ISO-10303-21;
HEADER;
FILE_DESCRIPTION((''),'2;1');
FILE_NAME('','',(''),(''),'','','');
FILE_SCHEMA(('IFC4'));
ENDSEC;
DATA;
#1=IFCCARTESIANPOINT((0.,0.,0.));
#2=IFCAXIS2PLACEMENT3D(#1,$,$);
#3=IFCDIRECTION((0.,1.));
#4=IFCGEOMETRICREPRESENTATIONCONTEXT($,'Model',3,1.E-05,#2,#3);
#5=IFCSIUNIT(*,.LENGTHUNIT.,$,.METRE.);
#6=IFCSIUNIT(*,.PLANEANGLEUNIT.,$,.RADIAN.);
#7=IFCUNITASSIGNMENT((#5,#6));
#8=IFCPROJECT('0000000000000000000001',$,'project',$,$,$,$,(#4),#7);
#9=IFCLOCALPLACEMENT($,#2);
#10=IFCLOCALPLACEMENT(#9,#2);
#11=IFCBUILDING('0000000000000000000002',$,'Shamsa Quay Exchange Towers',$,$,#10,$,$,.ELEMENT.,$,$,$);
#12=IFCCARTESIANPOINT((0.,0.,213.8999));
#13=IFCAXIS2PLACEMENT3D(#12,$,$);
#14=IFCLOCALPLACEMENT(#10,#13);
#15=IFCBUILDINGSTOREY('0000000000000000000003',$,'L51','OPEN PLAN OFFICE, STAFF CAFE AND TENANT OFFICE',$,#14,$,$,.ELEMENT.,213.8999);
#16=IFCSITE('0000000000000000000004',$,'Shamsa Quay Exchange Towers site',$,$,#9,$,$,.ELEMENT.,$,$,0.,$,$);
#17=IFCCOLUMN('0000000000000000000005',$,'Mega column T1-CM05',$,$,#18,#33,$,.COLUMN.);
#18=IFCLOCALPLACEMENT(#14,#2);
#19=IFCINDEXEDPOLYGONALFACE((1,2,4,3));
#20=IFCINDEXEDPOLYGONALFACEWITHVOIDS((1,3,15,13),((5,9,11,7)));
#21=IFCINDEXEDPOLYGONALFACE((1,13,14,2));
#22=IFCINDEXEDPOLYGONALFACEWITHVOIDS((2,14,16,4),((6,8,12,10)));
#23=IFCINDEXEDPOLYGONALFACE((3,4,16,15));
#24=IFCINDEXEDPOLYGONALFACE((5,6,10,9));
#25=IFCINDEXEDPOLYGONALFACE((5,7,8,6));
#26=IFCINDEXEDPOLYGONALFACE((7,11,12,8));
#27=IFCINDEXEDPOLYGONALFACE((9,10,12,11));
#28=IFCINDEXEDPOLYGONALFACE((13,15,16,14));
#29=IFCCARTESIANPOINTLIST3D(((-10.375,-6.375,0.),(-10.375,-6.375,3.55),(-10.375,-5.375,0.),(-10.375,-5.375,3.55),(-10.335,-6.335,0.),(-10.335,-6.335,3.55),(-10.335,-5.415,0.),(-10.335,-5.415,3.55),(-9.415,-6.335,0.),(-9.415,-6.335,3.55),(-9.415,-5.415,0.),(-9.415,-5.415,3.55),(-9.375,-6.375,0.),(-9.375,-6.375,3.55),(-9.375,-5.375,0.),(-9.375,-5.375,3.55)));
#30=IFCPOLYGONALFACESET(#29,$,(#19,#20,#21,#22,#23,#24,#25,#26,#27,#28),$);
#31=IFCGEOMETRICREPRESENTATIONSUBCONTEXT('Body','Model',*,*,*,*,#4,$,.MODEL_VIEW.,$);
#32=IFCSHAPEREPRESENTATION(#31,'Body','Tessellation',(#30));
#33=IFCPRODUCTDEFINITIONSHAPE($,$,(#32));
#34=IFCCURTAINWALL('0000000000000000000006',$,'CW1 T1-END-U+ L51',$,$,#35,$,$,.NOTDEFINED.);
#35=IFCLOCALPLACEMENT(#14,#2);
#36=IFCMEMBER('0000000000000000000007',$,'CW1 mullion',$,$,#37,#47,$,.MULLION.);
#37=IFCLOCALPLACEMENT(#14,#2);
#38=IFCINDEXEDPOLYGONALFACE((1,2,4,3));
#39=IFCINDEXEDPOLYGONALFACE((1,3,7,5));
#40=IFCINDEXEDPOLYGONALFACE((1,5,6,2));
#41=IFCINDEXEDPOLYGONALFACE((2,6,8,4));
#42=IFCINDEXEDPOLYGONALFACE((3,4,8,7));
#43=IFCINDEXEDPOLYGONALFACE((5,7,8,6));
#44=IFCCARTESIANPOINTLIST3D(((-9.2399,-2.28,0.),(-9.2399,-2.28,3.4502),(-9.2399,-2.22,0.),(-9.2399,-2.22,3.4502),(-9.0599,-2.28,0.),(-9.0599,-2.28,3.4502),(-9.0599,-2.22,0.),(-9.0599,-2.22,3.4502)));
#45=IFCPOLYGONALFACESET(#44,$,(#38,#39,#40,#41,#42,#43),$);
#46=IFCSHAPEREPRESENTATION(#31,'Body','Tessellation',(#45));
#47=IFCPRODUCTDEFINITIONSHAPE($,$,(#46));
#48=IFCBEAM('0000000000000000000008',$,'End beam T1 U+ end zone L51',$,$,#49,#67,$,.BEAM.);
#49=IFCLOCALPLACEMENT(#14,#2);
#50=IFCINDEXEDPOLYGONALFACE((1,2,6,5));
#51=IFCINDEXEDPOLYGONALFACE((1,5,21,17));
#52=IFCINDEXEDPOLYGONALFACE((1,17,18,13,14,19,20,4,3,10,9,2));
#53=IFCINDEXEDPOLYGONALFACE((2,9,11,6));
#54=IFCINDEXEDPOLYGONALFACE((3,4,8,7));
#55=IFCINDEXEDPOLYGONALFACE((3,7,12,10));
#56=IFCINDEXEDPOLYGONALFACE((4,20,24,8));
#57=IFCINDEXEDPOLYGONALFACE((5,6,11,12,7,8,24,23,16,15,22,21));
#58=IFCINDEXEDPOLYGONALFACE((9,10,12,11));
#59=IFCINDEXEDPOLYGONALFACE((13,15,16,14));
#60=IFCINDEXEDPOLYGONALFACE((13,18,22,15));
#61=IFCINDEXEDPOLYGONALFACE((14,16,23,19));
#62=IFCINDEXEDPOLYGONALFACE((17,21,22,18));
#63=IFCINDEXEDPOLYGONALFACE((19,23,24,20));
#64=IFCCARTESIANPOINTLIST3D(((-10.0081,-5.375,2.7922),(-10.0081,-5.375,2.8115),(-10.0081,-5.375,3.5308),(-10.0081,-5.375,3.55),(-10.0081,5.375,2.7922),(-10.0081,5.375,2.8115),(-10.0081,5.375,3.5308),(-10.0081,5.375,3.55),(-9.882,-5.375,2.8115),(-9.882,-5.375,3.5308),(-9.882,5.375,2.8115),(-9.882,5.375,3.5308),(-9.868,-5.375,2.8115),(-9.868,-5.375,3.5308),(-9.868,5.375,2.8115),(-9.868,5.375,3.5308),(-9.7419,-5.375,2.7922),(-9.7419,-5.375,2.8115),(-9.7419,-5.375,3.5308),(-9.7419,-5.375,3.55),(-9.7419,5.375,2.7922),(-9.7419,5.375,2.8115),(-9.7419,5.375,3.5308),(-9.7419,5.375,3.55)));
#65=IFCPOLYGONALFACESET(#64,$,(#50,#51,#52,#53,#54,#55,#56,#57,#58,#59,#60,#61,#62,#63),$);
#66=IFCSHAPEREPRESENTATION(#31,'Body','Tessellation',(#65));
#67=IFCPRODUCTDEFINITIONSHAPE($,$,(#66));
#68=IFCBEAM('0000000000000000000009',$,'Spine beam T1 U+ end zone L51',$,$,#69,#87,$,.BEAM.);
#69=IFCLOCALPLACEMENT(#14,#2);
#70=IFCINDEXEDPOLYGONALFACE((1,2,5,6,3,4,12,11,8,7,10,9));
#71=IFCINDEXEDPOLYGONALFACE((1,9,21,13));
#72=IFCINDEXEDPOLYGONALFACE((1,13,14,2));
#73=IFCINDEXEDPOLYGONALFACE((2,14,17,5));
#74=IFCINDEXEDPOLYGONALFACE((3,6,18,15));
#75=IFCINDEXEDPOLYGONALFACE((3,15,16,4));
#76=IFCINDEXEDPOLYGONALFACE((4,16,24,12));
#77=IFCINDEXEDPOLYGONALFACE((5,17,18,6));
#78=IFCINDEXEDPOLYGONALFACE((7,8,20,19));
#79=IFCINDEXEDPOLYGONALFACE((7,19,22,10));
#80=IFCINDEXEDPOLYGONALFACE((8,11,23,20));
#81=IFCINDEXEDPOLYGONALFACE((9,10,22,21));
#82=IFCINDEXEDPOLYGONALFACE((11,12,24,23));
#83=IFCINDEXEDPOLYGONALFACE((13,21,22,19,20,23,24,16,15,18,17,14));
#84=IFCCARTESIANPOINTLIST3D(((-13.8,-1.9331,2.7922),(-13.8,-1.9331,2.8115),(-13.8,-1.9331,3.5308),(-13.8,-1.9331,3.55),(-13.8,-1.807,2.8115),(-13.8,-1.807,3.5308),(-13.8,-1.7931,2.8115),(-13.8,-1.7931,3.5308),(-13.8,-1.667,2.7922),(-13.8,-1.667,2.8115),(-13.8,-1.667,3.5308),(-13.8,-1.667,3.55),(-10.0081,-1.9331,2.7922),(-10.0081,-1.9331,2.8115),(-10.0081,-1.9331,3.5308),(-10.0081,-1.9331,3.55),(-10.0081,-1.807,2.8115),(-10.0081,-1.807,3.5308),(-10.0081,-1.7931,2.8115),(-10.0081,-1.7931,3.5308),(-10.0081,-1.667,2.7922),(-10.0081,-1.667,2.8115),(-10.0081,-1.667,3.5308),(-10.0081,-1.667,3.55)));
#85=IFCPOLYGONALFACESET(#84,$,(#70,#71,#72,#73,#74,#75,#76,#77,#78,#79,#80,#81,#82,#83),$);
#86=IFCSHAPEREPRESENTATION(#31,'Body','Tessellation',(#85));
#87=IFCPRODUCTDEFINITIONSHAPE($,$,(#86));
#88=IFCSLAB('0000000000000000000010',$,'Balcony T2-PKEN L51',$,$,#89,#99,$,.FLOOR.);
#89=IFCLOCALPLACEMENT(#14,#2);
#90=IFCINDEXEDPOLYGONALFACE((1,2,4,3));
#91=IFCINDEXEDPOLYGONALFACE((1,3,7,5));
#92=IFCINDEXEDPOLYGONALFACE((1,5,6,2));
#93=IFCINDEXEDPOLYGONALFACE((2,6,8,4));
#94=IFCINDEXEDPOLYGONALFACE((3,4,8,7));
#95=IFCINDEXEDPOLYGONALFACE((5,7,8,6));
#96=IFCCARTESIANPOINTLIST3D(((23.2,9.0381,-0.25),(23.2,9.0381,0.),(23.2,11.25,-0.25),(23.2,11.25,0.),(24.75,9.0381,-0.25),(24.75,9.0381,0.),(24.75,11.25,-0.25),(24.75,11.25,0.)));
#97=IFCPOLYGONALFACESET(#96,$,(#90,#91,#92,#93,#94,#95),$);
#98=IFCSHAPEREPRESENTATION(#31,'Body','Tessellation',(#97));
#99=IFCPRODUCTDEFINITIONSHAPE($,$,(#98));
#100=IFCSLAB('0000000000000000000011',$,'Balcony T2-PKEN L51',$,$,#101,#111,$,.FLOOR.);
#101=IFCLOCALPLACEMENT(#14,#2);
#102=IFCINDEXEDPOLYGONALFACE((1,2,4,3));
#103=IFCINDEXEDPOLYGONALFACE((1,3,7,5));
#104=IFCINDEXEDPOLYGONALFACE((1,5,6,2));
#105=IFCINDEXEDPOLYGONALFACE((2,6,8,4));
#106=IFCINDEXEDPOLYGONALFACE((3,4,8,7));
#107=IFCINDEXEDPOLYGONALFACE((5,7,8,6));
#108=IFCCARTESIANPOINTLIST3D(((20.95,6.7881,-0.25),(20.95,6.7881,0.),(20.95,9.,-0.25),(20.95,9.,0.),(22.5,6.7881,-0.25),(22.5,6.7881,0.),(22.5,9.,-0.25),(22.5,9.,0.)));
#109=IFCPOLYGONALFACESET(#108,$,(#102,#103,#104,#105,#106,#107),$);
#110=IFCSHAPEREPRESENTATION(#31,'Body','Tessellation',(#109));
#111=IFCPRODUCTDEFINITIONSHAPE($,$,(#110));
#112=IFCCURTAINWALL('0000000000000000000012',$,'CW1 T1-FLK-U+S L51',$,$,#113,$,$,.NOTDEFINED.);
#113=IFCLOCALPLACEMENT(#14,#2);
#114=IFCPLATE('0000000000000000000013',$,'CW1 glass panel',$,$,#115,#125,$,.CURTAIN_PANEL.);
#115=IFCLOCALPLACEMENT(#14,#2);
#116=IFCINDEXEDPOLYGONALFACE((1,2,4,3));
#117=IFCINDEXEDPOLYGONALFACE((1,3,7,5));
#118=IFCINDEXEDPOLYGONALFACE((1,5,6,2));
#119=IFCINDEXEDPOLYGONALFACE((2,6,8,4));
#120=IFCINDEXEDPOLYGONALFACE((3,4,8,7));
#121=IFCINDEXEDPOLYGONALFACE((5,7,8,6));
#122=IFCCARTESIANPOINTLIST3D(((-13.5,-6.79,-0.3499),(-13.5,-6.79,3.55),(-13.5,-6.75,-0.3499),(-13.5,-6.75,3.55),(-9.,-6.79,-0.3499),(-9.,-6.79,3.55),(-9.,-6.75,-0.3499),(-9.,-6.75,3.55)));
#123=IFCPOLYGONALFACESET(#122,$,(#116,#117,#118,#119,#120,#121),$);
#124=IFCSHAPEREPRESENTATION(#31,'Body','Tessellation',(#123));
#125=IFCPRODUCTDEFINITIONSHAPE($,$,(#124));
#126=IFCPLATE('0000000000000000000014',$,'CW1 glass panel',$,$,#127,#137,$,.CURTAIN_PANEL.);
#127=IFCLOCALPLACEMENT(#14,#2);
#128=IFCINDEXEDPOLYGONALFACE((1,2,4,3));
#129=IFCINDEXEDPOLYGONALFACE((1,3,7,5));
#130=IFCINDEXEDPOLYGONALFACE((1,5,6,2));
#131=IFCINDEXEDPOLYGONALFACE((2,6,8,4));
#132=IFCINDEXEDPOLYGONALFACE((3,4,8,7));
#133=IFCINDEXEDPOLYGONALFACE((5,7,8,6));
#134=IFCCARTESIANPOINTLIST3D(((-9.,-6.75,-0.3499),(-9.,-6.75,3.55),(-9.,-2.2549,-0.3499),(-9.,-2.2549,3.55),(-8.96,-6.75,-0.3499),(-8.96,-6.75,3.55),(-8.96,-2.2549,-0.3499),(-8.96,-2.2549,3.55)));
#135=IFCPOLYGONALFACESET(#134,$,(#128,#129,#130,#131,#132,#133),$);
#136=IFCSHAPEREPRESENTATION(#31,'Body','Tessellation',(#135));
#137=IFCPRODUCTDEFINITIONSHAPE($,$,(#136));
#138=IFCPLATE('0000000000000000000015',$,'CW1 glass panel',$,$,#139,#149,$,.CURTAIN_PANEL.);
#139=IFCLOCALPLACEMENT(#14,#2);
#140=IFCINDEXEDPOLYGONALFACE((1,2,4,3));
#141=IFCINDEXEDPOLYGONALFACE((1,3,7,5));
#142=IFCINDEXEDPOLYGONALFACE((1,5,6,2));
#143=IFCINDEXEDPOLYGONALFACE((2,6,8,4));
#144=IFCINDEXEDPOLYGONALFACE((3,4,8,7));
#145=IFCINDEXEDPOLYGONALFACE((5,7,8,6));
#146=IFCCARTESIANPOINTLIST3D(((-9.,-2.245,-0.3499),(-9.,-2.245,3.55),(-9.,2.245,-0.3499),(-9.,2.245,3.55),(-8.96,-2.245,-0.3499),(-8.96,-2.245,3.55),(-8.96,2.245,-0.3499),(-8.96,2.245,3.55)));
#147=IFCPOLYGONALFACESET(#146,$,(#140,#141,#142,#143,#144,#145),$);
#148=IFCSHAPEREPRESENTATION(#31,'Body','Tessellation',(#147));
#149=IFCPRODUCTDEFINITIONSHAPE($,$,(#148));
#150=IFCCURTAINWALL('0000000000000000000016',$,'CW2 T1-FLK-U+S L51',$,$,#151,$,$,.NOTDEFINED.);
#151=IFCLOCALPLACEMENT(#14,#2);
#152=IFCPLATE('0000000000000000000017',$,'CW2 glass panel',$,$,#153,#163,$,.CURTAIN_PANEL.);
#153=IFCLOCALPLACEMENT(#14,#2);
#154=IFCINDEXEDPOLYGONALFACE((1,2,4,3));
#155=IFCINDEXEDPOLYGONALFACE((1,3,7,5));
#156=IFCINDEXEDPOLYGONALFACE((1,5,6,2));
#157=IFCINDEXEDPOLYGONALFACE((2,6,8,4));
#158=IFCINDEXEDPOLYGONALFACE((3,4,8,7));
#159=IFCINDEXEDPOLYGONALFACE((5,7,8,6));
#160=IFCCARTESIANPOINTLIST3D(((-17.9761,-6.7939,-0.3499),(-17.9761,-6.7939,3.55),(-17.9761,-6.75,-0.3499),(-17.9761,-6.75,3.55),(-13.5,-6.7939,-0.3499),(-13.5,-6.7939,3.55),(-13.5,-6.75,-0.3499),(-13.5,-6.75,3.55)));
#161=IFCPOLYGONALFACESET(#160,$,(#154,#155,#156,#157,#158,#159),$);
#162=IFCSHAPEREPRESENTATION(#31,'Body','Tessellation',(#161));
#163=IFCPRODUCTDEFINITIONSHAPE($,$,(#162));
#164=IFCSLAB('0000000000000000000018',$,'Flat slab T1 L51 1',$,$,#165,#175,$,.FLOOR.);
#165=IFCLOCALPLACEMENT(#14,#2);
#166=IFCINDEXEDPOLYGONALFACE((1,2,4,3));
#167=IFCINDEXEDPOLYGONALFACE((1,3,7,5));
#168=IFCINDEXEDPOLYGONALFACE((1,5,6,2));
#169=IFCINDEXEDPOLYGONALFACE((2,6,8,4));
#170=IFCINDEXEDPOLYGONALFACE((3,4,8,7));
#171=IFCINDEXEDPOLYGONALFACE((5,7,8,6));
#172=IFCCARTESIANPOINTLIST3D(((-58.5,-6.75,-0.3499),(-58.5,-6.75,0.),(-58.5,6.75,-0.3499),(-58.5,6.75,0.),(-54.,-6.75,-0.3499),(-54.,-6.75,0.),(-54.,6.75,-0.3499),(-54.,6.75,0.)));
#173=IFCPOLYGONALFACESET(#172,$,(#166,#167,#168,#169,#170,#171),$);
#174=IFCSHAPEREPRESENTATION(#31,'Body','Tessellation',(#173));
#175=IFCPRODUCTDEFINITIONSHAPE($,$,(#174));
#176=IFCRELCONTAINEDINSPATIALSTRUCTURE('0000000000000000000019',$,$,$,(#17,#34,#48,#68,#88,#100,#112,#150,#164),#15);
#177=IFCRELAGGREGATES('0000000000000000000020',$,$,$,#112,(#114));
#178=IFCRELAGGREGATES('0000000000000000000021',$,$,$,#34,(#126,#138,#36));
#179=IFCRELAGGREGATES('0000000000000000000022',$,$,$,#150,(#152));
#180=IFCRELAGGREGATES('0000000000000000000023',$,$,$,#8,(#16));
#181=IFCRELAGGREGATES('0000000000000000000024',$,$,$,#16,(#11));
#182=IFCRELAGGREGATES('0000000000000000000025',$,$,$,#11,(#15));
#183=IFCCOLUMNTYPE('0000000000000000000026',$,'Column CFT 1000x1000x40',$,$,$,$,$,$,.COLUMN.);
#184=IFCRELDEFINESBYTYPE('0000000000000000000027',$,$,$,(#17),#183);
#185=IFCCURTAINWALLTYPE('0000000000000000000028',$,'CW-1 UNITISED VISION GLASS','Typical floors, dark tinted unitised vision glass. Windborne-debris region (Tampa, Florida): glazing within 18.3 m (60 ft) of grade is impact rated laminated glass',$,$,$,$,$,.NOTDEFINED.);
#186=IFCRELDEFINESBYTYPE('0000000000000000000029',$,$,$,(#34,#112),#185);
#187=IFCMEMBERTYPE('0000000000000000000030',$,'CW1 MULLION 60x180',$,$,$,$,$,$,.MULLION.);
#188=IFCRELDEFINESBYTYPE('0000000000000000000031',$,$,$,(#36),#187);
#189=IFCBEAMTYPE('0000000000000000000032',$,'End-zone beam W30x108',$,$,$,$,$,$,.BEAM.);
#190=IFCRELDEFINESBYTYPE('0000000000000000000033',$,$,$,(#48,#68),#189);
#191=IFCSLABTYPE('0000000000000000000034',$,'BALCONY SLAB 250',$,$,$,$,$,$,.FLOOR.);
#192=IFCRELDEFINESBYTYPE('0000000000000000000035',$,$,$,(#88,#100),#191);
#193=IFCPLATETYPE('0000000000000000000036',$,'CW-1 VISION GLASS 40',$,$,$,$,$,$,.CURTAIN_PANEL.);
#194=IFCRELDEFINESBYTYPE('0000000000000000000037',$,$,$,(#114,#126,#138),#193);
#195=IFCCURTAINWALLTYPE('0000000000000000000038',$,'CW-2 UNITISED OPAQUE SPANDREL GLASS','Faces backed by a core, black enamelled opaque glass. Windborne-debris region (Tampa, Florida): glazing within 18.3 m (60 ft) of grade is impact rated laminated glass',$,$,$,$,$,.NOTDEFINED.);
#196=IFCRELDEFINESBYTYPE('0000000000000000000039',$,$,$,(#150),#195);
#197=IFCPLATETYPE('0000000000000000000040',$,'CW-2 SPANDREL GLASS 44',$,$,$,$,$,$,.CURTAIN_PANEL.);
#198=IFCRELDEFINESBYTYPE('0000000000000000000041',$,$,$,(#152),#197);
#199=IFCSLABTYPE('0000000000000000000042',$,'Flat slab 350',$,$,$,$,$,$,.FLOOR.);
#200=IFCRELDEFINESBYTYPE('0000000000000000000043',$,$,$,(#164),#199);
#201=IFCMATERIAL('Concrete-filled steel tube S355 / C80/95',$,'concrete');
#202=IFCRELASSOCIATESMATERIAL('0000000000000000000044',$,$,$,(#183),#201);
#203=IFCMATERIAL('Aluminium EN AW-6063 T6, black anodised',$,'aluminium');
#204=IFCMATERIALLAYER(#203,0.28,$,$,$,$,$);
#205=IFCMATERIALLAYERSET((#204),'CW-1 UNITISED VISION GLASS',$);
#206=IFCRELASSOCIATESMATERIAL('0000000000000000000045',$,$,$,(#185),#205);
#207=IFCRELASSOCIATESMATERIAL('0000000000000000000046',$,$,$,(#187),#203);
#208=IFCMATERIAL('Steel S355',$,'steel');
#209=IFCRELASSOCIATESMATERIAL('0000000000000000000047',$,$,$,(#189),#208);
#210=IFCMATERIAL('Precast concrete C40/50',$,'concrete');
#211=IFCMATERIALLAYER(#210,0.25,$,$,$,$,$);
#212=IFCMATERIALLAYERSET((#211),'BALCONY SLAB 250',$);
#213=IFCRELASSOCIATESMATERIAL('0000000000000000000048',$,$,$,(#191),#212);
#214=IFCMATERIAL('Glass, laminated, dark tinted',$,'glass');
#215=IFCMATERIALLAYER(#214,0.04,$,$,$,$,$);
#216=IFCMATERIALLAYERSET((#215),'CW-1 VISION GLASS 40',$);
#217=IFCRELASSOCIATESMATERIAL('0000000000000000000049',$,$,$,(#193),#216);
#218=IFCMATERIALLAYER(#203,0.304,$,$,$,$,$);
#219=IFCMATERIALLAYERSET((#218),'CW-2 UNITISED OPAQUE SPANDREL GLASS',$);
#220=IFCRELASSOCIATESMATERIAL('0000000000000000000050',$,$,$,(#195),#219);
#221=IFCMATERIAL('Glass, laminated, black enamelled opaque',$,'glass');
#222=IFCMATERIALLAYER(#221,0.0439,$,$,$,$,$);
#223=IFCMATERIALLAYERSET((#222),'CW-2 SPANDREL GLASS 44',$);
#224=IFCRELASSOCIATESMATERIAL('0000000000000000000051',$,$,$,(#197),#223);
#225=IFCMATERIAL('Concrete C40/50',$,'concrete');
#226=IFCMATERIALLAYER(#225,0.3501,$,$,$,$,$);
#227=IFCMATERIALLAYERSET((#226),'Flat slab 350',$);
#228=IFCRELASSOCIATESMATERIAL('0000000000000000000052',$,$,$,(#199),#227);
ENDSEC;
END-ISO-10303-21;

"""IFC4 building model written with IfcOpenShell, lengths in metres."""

from ifc_helpers import new_model, si_unit, direction, frame, origin, origin_2d, place, context, subcontext, project, spatial, polyline, rectangle, hollow_rectangle, i_section, outline, extrude, material, layer, layer_set, material_profile, profile_set, type_object, element, aggregate, save


model = new_model("IFC4")

# Units and contexts
model_context = context("Model", 3, precision=1e-05, world=origin(), true_north=direction((0.0, 1.0)))
body_context = subcontext(model_context, "Body", "Model", "MODEL_VIEW")
ifc_project = project(units=[si_unit("LENGTHUNIT", "METRE"), si_unit("PLANEANGLEUNIT", "RADIAN")], contexts=[model_context])

# Site, building, storey
site_placement = place(None, origin())
site = spatial("IfcSite", under=ifc_project, at=site_placement, Name="Shamsa Quay Exchange Towers site", CompositionType="ELEMENT", RefElevation=0.0)
building_placement = place(site_placement, origin())
building = spatial("IfcBuilding", under=site, at=building_placement, Name="Shamsa Quay Exchange Towers", CompositionType="ELEMENT")
storey_placement = place(building_placement, frame((0.0, 0.0, 213.8999)))
storey = spatial("IfcBuildingStorey", under=building, at=storey_placement, Name="L51", Description="OPEN PLAN OFFICE, STAFF CAFE AND TENANT OFFICE", CompositionType="ELEMENT", Elevation=213.8999)

# Column
ifc_material_1 = material(Name="Concrete-filled steel tube S355 / C80/95", Category="concrete")
ifc_material_profile_1 = material_profile(ifc_material_1, hollow_rectangle(XDim=1.0, YDim=1.0, WallThickness=0.04, at=origin_2d()), Name="CFT 1000x1000x40")
ifc_profile_set_1 = profile_set([ifc_material_profile_1], Name="Concrete-filled steel tube S355 / C80/95")
column_type = type_object("IfcColumnType", Name="Column CFT 1000x1000x40", PredefinedType="COLUMN", material=ifc_profile_set_1)
column_placement = place(storey_placement, frame((-9.875, -5.875, 0.0)))
element("IfcColumn", 1, at=column_placement, inside=storey, type_object=column_type, Name="Mega column T1-CM05", PredefinedType="COLUMN", context=body_context, shape_type="SweptSolid", body=[
    extrude(hollow_rectangle(XDim=1.0, YDim=1.0, WallThickness=0.04, at=origin_2d()), origin(), (0.0, 0.0, 1.0), 3.55),
])

# Curtain wall, member
ifc_material_2 = material(Name="Aluminium EN AW-6063 T6, black anodised", Category="aluminium")
ifc_layer_1 = layer(ifc_material_2, 0.28)
ifc_layer_set_1 = layer_set([ifc_layer_1], Name="CW-1 UNITISED VISION GLASS")
curtain_wall_type_1 = type_object("IfcCurtainWallType", Name="CW-1 UNITISED VISION GLASS", Description="Typical floors, dark tinted unitised vision glass. Windborne-debris region (Tampa, Florida): glazing within 18.3 m (60 ft) of grade is impact rated laminated glass", PredefinedType="NOTDEFINED", material=ifc_layer_set_1)
curtain_wall_1_placement = place(storey_placement, origin())
curtain_wall_1 = element("IfcCurtainWall", 2, at=curtain_wall_1_placement, inside=storey, type_object=curtain_wall_type_1, Name="CW1 T1-END-U+ L51", PredefinedType="NOTDEFINED")
ifc_material_profile_2 = material_profile(ifc_material_2, rectangle(XDim=0.1799, YDim=0.0601, at=origin_2d()), Name="MU60x180")
ifc_profile_set_2 = profile_set([ifc_material_profile_2], Name="Aluminium EN AW-6063 T6, black anodised")
member_type = type_object("IfcMemberType", Name="CW1 MULLION 60x180", PredefinedType="MULLION", material=ifc_profile_set_2)
member_placement = place(storey_placement, frame((-9.1499, -2.25, 0.0), z_axis=(0.0, 0.0, 1.0), x_axis=(-1.0, 0.0, 0.0)))
member = element("IfcMember", 3, at=member_placement, type_object=member_type, Name="CW1 mullion", PredefinedType="MULLION", context=body_context, shape_type="SweptSolid", body=[
    extrude(rectangle(XDim=0.1799, YDim=0.0601, at=origin_2d()), origin(), (0.0, 0.0, 1.0), 3.4502),
])

# Beams
ifc_material_3 = material(Name="Steel S355", Category="steel")
ifc_material_profile_3 = material_profile(ifc_material_3, i_section(OverallWidth=0.2661, OverallDepth=0.7578, WebThickness=0.0139, FlangeThickness=0.0193, at=origin_2d()), Name="W30x108")
ifc_profile_set_3 = profile_set([ifc_material_profile_3], Name="Steel S355")
beam_type = type_object("IfcBeamType", Name="End-zone beam W30x108", PredefinedType="BEAM", material=ifc_profile_set_3)
beam_1_placement = place(storey_placement, frame((-9.875, -5.375, 3.1711), z_axis=(0.0, 1.0, 0.0), x_axis=(-1.0, 0.0, 0.0)))
element("IfcBeam", 4, at=beam_1_placement, inside=storey, type_object=beam_type, Name="End beam T1 U+ end zone L51", PredefinedType="BEAM", context=body_context, shape_type="SweptSolid", body=[
    extrude(i_section(OverallWidth=0.2661, OverallDepth=0.7578, WebThickness=0.0139, FlangeThickness=0.0193, at=origin_2d()), origin(), (0.0, 0.0, 1.0), 10.75),
])
beam_2_placement = place(storey_placement, frame((-13.8, -1.8, 3.1711), z_axis=(1.0, 0.0, 0.0), x_axis=(0.0, 1.0, 0.0)))
element("IfcBeam", 5, at=beam_2_placement, inside=storey, type_object=beam_type, Name="Spine beam T1 U+ end zone L51", PredefinedType="BEAM", context=body_context, shape_type="SweptSolid", body=[
    extrude(i_section(OverallWidth=0.2661, OverallDepth=0.7578, WebThickness=0.0139, FlangeThickness=0.0193, at=origin_2d()), origin(), (0.0, 0.0, 1.0), 3.792),
])

# Slabs
ifc_material_4 = material(Name="Precast concrete C40/50", Category="concrete")
ifc_layer_2 = layer(ifc_material_4, 0.25)
ifc_layer_set_2 = layer_set([ifc_layer_2], Name="BALCONY SLAB 250")
slab_type_1 = type_object("IfcSlabType", Name="BALCONY SLAB 250", PredefinedType="FLOOR", material=ifc_layer_set_2)
slab_1_placement = place(storey_placement, frame((0.0, 0.0, -0.25)))
element("IfcSlab", 6, at=slab_1_placement, inside=storey, type_object=slab_type_1, Name="Balcony T2-PKEN L51", PredefinedType="FLOOR", context=body_context, shape_type="SweptSolid", body=[
    extrude(outline(polyline([(24.75, 11.25), (24.75, 9.0381), (23.2, 9.0381), (23.2, 11.25), (24.75, 11.25)])), origin(), (0.0, 0.0, 1.0), 0.25),
])
slab_2_placement = place(storey_placement, frame((0.0, 0.0, -0.25)))
element("IfcSlab", 7, at=slab_2_placement, inside=storey, type_object=slab_type_1, Name="Balcony T2-PKEN L51", PredefinedType="FLOOR", context=body_context, shape_type="SweptSolid", body=[
    extrude(outline(polyline([(22.5, 9.0), (22.5, 6.7881), (20.95, 6.7881), (20.95, 9.0), (22.5, 9.0)])), origin(), (0.0, 0.0, 1.0), 0.25),
])

# Curtain wall, plate
curtain_wall_2_placement = place(storey_placement, origin())
curtain_wall_2 = element("IfcCurtainWall", 8, at=curtain_wall_2_placement, inside=storey, type_object=curtain_wall_type_1, Name="CW1 T1-FLK-U+S L51", PredefinedType="NOTDEFINED")
ifc_material_5 = material(Name="Glass, laminated, dark tinted", Category="glass")
ifc_layer_3 = layer(ifc_material_5, 0.04)
ifc_layer_set_3 = layer_set([ifc_layer_3], Name="CW-1 VISION GLASS 40")
plate_type_1 = type_object("IfcPlateType", Name="CW-1 VISION GLASS 40", PredefinedType="CURTAIN_PANEL", material=ifc_layer_set_3)
plate_1_placement = place(storey_placement, frame((-11.25, -6.77, -0.3499)))
plate_1 = element("IfcPlate", 9, at=plate_1_placement, type_object=plate_type_1, Name="CW1 glass panel", PredefinedType="CURTAIN_PANEL", context=body_context, shape_type="SweptSolid", body=[
    extrude(rectangle(XDim=4.5, YDim=0.04, at=origin_2d()), origin(), (0.0, 0.0, 1.0), 3.8999),
])
aggregate(curtain_wall_2, [plate_1])

# Plates
plate_2_placement = place(storey_placement, frame((-8.98, -4.5024, -0.3499), z_axis=(0.0, 0.0, 1.0), x_axis=(0.0, 1.0, 0.0)))
plate_2 = element("IfcPlate", 10, at=plate_2_placement, type_object=plate_type_1, Name="CW1 glass panel", PredefinedType="CURTAIN_PANEL", context=body_context, shape_type="SweptSolid", body=[
    extrude(rectangle(XDim=4.4951, YDim=0.04, at=origin_2d()), origin(), (0.0, 0.0, 1.0), 3.8999),
])
plate_3_placement = place(storey_placement, frame((-8.98, 0.0, -0.3499), z_axis=(0.0, 0.0, 1.0), x_axis=(0.0, 1.0, 0.0)))
plate_3 = element("IfcPlate", 11, at=plate_3_placement, type_object=plate_type_1, Name="CW1 glass panel", PredefinedType="CURTAIN_PANEL", context=body_context, shape_type="SweptSolid", body=[
    extrude(rectangle(XDim=4.49, YDim=0.04, at=origin_2d()), origin(), (0.0, 0.0, 1.0), 3.8999),
])
aggregate(curtain_wall_1, [plate_2, plate_3, member])

# Curtain wall, plate
ifc_layer_4 = layer(ifc_material_2, 0.304)
ifc_layer_set_4 = layer_set([ifc_layer_4], Name="CW-2 UNITISED OPAQUE SPANDREL GLASS")
curtain_wall_type_2 = type_object("IfcCurtainWallType", Name="CW-2 UNITISED OPAQUE SPANDREL GLASS", Description="Faces backed by a core, black enamelled opaque glass. Windborne-debris region (Tampa, Florida): glazing within 18.3 m (60 ft) of grade is impact rated laminated glass", PredefinedType="NOTDEFINED", material=ifc_layer_set_4)
curtain_wall_3_placement = place(storey_placement, origin())
curtain_wall_3 = element("IfcCurtainWall", 12, at=curtain_wall_3_placement, inside=storey, type_object=curtain_wall_type_2, Name="CW2 T1-FLK-U+S L51", PredefinedType="NOTDEFINED")
ifc_material_6 = material(Name="Glass, laminated, black enamelled opaque", Category="glass")
ifc_layer_5 = layer(ifc_material_6, 0.0439)
ifc_layer_set_5 = layer_set([ifc_layer_5], Name="CW-2 SPANDREL GLASS 44")
plate_type_2 = type_object("IfcPlateType", Name="CW-2 SPANDREL GLASS 44", PredefinedType="CURTAIN_PANEL", material=ifc_layer_set_5)
plate_4_placement = place(storey_placement, frame((-15.738, -6.772, -0.3499)))
plate_4 = element("IfcPlate", 13, at=plate_4_placement, type_object=plate_type_2, Name="CW2 glass panel", PredefinedType="CURTAIN_PANEL", context=body_context, shape_type="SweptSolid", body=[
    extrude(rectangle(XDim=4.4761, YDim=0.0439, at=origin_2d()), origin(), (0.0, 0.0, 1.0), 3.8999),
])
aggregate(curtain_wall_3, [plate_4])

# Slab
ifc_material_7 = material(Name="Concrete C40/50", Category="concrete")
ifc_layer_6 = layer(ifc_material_7, 0.3501)
ifc_layer_set_6 = layer_set([ifc_layer_6], Name="Flat slab 350")
slab_type_2 = type_object("IfcSlabType", Name="Flat slab 350", PredefinedType="FLOOR", material=ifc_layer_set_6)
slab_3_placement = place(storey_placement, frame((0.0, 0.0, -0.3499)))
element("IfcSlab", 14, at=slab_3_placement, inside=storey, type_object=slab_type_2, Name="Flat slab T1 L51 1", PredefinedType="FLOOR", context=body_context, shape_type="SweptSolid", body=[
    extrude(outline(polyline([(-58.5, -6.75), (-54.0, -6.75), (-54.0, 6.75), (-58.5, 6.75), (-58.5, -6.75)])), origin(), (0.0, 0.0, 1.0), 0.3499),
])

save(model, "model.ifc")
